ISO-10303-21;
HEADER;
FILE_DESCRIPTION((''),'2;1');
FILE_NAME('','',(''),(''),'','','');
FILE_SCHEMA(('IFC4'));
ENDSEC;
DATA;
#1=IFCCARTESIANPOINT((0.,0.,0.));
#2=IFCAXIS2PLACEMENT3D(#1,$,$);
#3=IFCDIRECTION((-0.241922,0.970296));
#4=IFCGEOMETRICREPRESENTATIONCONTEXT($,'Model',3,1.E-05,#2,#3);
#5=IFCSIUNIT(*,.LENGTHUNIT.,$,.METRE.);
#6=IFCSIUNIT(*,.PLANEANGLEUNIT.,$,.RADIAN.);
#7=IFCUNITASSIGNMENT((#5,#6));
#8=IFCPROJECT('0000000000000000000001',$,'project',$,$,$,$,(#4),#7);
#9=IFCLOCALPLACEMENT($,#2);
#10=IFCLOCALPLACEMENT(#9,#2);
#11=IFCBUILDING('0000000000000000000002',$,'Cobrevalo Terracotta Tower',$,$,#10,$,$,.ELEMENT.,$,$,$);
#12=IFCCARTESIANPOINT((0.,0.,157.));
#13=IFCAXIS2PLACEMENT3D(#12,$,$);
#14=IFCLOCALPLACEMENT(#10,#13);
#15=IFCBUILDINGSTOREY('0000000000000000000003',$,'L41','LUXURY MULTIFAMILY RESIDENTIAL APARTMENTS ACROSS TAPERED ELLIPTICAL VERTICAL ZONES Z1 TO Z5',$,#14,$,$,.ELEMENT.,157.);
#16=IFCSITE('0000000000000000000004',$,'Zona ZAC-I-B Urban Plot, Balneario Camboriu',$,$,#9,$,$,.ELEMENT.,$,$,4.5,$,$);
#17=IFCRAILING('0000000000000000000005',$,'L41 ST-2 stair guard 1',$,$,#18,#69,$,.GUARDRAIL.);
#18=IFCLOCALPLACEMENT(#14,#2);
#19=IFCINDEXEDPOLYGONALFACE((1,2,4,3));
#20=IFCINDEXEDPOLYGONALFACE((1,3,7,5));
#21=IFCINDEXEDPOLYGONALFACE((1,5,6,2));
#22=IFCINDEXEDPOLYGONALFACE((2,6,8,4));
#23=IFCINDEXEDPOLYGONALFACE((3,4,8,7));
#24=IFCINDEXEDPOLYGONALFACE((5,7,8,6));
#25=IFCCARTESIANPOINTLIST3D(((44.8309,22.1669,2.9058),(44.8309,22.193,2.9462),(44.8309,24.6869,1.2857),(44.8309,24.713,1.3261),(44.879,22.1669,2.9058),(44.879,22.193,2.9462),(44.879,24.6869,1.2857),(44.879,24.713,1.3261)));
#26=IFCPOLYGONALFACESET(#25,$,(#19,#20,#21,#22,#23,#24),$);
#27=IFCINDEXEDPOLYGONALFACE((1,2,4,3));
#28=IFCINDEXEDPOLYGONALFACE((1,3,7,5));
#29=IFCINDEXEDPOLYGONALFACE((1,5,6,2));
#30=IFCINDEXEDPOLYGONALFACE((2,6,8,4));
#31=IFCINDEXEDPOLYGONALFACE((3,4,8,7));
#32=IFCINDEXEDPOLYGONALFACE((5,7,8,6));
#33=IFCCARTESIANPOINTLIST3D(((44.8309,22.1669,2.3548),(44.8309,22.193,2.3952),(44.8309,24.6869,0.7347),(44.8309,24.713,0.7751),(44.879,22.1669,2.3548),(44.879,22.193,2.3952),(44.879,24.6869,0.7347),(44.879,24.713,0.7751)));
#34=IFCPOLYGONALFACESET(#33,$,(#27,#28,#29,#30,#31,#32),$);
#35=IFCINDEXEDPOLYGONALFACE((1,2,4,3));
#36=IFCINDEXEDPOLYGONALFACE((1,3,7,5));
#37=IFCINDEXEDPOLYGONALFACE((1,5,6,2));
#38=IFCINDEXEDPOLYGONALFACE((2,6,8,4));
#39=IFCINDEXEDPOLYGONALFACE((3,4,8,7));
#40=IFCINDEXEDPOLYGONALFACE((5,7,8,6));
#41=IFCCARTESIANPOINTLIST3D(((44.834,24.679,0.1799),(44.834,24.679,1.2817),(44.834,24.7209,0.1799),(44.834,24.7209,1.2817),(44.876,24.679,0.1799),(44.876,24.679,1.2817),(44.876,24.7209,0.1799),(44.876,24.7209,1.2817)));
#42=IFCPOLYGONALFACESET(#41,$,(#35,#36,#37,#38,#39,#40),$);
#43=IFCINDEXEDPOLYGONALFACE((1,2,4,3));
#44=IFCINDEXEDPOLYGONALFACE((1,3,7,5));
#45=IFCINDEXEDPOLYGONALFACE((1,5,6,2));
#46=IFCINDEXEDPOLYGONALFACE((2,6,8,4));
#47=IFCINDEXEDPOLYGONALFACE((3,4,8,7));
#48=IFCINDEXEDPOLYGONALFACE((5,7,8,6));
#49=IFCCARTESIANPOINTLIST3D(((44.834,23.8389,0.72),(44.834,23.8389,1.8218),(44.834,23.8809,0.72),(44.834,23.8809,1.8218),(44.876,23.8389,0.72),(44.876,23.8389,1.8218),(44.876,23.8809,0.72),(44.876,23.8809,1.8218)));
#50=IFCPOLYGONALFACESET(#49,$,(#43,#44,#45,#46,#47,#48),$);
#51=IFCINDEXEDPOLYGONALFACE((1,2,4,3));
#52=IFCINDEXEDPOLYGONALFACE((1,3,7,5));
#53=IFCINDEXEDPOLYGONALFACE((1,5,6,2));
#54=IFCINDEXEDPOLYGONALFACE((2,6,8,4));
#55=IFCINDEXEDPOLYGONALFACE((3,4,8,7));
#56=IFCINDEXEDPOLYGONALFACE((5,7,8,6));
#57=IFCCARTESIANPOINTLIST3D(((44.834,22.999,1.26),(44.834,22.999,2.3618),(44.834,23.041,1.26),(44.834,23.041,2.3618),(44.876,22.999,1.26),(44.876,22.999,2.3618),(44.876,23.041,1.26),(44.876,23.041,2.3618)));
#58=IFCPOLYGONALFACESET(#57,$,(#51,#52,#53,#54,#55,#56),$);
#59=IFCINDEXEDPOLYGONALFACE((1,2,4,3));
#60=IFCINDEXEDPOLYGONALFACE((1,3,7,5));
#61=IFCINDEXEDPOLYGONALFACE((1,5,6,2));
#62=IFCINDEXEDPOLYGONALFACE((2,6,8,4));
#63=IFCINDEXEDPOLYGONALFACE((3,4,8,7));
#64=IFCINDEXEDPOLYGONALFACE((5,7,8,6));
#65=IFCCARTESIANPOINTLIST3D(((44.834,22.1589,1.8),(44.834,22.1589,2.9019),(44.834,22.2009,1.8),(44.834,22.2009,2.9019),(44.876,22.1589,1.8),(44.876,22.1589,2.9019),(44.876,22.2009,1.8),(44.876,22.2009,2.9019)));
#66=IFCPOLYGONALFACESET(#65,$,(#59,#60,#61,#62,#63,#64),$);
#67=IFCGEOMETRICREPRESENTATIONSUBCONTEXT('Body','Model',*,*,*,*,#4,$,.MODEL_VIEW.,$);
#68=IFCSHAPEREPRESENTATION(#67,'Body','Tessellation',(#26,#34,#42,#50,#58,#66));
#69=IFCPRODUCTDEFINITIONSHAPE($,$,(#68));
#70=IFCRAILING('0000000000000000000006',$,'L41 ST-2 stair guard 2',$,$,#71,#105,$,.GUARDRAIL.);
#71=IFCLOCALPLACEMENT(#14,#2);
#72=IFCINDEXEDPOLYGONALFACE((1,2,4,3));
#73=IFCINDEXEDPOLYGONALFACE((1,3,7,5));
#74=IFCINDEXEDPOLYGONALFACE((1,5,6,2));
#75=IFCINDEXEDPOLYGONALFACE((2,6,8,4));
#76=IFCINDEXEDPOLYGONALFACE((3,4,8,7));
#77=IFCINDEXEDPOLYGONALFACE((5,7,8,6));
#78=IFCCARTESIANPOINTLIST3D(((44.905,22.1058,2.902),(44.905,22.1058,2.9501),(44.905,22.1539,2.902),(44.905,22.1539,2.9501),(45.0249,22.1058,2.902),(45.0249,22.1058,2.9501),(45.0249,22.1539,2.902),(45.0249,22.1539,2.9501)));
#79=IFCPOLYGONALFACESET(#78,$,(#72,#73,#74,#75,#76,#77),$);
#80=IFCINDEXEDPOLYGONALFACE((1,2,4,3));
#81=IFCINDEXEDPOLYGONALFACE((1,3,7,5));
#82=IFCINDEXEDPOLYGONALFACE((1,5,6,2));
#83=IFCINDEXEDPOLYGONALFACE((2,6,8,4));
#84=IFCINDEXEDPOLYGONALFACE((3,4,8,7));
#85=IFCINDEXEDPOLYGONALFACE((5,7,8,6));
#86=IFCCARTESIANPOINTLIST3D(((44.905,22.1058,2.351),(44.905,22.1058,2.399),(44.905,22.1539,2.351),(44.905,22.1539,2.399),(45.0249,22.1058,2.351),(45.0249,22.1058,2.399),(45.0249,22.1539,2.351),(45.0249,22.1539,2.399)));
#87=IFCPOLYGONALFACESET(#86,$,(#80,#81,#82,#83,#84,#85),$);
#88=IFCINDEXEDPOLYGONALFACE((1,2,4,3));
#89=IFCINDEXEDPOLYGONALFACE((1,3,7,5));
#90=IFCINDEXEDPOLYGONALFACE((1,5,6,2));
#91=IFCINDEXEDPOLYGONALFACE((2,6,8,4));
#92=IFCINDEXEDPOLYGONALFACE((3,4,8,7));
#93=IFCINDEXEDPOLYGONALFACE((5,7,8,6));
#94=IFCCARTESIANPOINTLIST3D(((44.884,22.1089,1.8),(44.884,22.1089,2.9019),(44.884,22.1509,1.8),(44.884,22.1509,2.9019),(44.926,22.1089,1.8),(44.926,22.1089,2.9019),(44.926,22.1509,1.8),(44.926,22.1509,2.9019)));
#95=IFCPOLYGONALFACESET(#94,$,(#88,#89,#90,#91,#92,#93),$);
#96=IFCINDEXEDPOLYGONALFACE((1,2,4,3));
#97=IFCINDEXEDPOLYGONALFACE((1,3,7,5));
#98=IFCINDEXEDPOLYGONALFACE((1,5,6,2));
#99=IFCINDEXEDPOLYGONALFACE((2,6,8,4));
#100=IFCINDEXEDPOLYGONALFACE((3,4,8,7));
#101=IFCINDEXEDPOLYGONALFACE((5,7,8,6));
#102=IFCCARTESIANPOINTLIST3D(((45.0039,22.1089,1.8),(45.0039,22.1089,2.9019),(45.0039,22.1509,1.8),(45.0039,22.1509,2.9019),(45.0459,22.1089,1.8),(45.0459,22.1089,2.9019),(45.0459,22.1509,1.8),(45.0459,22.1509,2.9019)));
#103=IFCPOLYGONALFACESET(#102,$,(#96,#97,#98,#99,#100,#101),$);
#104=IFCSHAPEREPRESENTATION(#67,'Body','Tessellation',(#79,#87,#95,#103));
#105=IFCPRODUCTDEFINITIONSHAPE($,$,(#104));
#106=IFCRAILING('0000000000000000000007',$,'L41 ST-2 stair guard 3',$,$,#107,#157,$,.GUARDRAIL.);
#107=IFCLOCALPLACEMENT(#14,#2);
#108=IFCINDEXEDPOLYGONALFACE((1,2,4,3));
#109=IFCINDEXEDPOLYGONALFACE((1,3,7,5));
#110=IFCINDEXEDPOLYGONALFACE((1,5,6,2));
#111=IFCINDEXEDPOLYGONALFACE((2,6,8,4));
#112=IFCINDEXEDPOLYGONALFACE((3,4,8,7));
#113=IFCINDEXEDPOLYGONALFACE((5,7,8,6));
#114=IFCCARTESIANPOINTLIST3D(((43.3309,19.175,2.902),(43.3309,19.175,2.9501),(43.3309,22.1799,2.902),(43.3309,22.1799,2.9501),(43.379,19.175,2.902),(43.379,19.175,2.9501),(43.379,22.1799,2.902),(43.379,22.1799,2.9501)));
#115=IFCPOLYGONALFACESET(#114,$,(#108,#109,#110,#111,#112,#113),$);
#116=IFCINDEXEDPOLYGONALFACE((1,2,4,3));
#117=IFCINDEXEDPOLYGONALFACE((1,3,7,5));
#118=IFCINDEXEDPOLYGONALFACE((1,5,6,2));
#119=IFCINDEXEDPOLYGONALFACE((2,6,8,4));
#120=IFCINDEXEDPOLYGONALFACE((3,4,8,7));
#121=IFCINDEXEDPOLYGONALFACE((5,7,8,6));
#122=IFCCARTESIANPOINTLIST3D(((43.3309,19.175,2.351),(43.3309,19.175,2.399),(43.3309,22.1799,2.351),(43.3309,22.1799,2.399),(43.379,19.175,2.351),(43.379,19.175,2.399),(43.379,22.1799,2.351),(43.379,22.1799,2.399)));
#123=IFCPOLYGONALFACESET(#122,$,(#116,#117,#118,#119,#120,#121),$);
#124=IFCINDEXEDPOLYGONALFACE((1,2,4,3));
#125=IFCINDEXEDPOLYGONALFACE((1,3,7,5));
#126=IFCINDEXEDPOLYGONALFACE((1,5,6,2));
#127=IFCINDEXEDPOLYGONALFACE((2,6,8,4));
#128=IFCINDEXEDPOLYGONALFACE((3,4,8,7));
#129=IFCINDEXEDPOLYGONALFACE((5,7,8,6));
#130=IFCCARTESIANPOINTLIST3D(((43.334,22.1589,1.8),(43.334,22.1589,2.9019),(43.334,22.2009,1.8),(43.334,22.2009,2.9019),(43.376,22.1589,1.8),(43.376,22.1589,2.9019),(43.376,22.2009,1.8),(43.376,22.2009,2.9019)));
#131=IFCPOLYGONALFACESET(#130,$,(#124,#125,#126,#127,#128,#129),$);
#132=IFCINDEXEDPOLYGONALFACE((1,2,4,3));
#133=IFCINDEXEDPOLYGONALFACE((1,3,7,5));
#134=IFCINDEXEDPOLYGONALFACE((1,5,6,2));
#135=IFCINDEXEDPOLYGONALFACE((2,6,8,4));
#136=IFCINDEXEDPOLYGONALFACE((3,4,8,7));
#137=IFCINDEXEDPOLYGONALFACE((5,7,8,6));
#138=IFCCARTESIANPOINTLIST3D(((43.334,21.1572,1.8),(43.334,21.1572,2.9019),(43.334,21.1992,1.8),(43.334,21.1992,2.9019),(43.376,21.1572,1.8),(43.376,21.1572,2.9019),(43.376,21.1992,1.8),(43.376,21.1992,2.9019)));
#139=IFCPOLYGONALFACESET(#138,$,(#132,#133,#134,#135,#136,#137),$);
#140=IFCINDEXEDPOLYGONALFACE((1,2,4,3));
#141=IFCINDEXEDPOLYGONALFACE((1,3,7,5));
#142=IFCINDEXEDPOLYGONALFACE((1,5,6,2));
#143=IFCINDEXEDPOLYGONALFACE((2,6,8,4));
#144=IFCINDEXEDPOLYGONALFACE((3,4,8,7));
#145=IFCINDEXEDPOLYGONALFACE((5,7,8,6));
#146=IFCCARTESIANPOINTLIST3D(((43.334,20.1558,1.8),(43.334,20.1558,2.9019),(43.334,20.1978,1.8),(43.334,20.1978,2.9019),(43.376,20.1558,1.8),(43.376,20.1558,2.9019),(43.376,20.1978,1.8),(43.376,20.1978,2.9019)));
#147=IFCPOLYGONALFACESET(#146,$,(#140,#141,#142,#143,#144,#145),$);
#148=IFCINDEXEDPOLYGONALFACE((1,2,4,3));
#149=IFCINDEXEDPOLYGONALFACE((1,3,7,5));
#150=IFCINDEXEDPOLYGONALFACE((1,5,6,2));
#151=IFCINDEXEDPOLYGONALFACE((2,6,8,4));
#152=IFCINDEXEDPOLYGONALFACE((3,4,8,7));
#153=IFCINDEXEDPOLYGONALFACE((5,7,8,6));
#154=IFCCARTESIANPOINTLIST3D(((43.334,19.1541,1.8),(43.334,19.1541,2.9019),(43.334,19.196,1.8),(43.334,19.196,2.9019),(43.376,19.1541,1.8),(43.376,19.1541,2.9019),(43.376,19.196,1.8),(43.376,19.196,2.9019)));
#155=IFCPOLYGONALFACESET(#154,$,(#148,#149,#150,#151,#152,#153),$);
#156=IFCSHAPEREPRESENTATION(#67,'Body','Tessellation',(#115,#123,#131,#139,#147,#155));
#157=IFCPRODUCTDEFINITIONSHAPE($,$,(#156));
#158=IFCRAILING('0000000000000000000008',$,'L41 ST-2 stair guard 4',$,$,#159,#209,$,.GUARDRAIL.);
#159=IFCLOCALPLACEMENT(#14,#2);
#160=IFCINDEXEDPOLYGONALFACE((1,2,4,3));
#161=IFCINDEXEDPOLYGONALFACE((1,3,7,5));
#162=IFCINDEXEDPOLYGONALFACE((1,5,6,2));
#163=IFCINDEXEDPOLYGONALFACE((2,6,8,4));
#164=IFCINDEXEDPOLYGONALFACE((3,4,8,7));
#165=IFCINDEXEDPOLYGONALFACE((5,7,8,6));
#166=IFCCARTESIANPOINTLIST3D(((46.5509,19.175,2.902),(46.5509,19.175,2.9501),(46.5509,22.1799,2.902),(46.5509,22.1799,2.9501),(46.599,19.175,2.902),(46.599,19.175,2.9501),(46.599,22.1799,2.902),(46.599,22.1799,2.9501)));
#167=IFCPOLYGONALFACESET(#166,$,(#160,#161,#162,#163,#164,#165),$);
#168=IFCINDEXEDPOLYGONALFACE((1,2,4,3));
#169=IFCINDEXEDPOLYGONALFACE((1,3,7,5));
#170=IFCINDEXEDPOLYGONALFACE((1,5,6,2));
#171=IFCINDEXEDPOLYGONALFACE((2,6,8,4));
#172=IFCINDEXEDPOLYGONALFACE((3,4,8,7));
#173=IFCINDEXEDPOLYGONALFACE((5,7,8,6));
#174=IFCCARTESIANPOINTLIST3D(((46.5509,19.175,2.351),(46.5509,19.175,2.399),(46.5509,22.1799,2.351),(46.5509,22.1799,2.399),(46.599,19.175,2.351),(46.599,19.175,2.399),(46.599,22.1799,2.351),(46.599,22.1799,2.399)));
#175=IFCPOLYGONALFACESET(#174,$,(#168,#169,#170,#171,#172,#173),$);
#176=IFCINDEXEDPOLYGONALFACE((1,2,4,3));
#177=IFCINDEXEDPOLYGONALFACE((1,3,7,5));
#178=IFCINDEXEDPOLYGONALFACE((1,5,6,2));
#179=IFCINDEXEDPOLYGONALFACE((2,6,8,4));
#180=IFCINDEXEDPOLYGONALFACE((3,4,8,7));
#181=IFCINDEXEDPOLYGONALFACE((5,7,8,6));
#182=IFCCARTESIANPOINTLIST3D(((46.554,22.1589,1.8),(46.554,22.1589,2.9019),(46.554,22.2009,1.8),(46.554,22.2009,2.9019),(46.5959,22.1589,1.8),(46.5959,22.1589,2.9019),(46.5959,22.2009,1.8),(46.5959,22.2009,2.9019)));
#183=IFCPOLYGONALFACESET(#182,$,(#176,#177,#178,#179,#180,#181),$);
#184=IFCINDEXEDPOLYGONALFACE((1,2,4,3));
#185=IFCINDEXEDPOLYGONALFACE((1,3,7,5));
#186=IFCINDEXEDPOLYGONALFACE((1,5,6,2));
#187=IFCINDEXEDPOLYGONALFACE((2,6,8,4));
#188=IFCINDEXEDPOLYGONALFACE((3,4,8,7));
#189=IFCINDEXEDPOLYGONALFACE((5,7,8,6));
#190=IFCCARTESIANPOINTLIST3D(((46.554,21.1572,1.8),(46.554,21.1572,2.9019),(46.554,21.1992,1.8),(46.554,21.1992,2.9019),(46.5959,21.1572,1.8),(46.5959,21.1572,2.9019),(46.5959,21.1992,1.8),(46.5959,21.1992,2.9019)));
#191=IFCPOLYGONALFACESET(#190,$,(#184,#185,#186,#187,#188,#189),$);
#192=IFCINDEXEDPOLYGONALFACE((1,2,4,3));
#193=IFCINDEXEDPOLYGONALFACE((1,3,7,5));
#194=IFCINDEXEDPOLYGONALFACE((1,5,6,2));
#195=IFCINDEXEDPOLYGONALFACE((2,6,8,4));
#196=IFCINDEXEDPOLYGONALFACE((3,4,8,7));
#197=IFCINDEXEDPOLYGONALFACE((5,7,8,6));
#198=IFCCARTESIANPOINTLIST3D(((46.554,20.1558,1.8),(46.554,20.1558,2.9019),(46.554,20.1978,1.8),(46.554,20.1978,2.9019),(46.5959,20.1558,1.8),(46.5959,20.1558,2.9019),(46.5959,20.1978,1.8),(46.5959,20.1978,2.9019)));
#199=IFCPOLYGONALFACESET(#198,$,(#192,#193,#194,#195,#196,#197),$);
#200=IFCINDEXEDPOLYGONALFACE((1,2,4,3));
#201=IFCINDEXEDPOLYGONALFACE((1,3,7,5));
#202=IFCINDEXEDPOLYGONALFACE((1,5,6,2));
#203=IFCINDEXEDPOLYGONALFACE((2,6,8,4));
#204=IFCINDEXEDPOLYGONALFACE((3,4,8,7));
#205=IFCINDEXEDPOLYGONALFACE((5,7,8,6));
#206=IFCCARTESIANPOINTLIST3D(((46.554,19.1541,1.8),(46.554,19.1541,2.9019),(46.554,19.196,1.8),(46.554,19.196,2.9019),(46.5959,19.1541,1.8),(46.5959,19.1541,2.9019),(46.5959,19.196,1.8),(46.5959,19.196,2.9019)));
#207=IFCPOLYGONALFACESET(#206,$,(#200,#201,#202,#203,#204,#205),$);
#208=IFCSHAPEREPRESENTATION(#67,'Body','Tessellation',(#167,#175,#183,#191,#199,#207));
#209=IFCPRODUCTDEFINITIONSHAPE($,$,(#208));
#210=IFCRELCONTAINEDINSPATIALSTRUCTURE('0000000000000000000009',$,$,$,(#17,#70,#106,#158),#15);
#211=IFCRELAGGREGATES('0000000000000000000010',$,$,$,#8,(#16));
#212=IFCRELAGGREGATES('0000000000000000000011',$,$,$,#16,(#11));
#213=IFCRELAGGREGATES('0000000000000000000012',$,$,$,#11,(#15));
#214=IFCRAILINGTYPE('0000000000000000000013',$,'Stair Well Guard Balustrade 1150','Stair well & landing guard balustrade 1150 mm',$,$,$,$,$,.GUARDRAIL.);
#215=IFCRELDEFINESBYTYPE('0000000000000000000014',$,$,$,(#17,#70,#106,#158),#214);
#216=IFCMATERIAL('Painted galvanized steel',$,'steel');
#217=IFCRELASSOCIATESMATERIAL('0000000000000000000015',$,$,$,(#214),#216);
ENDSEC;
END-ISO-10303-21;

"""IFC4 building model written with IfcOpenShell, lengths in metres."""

from ifc_helpers import new_model, si_unit, direction, frame, origin, origin_2d, place, context, subcontext, project, spatial, rectangle, extrude, material, type_object, element, save


model = new_model("IFC4")

# Units and contexts
model_context = context("Model", 3, precision=1e-05, world=origin(), true_north=direction((-0.241922, 0.970296)))
body_context = subcontext(model_context, "Body", "Model", "MODEL_VIEW")
ifc_project = project(units=[si_unit("LENGTHUNIT", "METRE"), si_unit("PLANEANGLEUNIT", "RADIAN")], contexts=[model_context])

# Site, building, storey
site_placement = place(None, origin())
site = spatial("IfcSite", under=ifc_project, at=site_placement, Name="Zona ZAC-I-B Urban Plot, Balneario Camboriu", CompositionType="ELEMENT", RefElevation=4.5)
building_placement = place(site_placement, origin())
building = spatial("IfcBuilding", under=site, at=building_placement, Name="Cobrevalo Terracotta Tower", CompositionType="ELEMENT")
storey_placement = place(building_placement, frame((0.0, 0.0, 157.0)))
storey = spatial("IfcBuildingStorey", under=building, at=storey_placement, Name="L41", Description="LUXURY MULTIFAMILY RESIDENTIAL APARTMENTS ACROSS TAPERED ELLIPTICAL VERTICAL ZONES Z1 TO Z5", CompositionType="ELEMENT", Elevation=157.0)

# Railings
ifc_material_1 = material(Name="Painted galvanized steel", Category="steel")
railing_type_1 = type_object("IfcRailingType", Name="Stair Well Guard Balustrade 1150", Description="Stair well & landing guard balustrade 1150 mm", PredefinedType="GUARDRAIL", material=ifc_material_1)
railing_1_placement = place(storey_placement, frame((44.855, 24.7, 0.1799)))
element("IfcRailing", 1, at=railing_1_placement, inside=storey, type_object=railing_type_1, Name="L41 ST-2 stair guard 1", PredefinedType="GUARDRAIL", context=body_context, shape_type="SweptSolid", body=[
    extrude(rectangle(XDim=0.0481, YDim=0.0481, at=origin_2d()), frame((0.0, 0.0, 1.126), z_axis=(0.0, -0.841163, 0.540782), x_axis=(1.0, 0.0, 0.0)), (0.0, 0.0, 1.0), 2.9958),
    extrude(rectangle(XDim=0.0481, YDim=0.0481, at=origin_2d()), frame((0.0, 0.0, 0.575), z_axis=(0.0, -0.841163, 0.540782), x_axis=(1.0, 0.0, 0.0)), (0.0, 0.0, 1.0), 2.9958),
    extrude(rectangle(XDim=0.042, YDim=0.042, at=origin_2d()), origin(), (0.0, 0.0, 1.0), 1.1018),
    extrude(rectangle(XDim=0.042, YDim=0.042, at=origin_2d()), frame((0.0, -0.8401, 0.54)), (0.0, 0.0, 1.0), 1.1018),
    extrude(rectangle(XDim=0.042, YDim=0.042, at=origin_2d()), frame((0.0, -1.6799, 1.0801)), (0.0, 0.0, 1.0), 1.1018),
    extrude(rectangle(XDim=0.042, YDim=0.042, at=origin_2d()), frame((0.0, -2.52, 1.6201)), (0.0, 0.0, 1.0), 1.1018),
])
railing_2_placement = place(storey_placement, frame((44.905, 22.1299, 1.8)))
element("IfcRailing", 2, at=railing_2_placement, inside=storey, type_object=railing_type_1, Name="L41 ST-2 stair guard 2", PredefinedType="GUARDRAIL", context=body_context, shape_type="SweptSolid", body=[
    extrude(rectangle(XDim=0.0481, YDim=0.0481, at=origin_2d()), frame((0.0, 0.0, 1.126), z_axis=(1.0, 0.0, 0.0), x_axis=(0.0, 1.0, 0.0)), (0.0, 0.0, 1.0), 0.1199),
    extrude(rectangle(XDim=0.0481, YDim=0.0481, at=origin_2d()), frame((0.0, 0.0, 0.575), z_axis=(1.0, 0.0, 0.0), x_axis=(0.0, 1.0, 0.0)), (0.0, 0.0, 1.0), 0.1199),
    extrude(rectangle(XDim=0.042, YDim=0.042, at=origin_2d()), origin(), (0.0, 0.0, 1.0), 1.1018),
    extrude(rectangle(XDim=0.042, YDim=0.042, at=origin_2d()), frame((0.1199, 0.0, 0.0)), (0.0, 0.0, 1.0), 1.1018),
])
for number, where, name in (
    (3, (43.355, 22.1799, 1.8), "L41 ST-2 stair guard 3"),
    (4, (46.575, 22.1799, 1.8), "L41 ST-2 stair guard 4"),
):
    element("IfcRailing", number, at=place(storey_placement, frame(where)), inside=storey, type_object=railing_type_1, Name=name, PredefinedType="GUARDRAIL", context=body_context, shape_type="SweptSolid", body=[
        extrude(rectangle(XDim=0.0481, YDim=0.0481, at=origin_2d()), frame((0.0, 0.0, 1.126), z_axis=(0.0, -1.0, 0.0), x_axis=(1.0, 0.0, 0.0)), (0.0, 0.0, 1.0), 3.0049),
        extrude(rectangle(XDim=0.0481, YDim=0.0481, at=origin_2d()), frame((0.0, 0.0, 0.575), z_axis=(0.0, -1.0, 0.0), x_axis=(1.0, 0.0, 0.0)), (0.0, 0.0, 1.0), 3.0049),
        extrude(rectangle(XDim=0.042, YDim=0.042, at=origin_2d()), origin(), (0.0, 0.0, 1.0), 1.1018),
        extrude(rectangle(XDim=0.042, YDim=0.042, at=origin_2d()), frame((0.0, -1.0017, 0.0)), (0.0, 0.0, 1.0), 1.1018),
        extrude(rectangle(XDim=0.042, YDim=0.042, at=origin_2d()), frame((0.0, -2.0032, 0.0)), (0.0, 0.0, 1.0), 1.1018),
        extrude(rectangle(XDim=0.042, YDim=0.042, at=origin_2d()), frame((0.0, -3.0049, 0.0)), (0.0, 0.0, 1.0), 1.1018),
    ])

save(model, "model.ifc")
